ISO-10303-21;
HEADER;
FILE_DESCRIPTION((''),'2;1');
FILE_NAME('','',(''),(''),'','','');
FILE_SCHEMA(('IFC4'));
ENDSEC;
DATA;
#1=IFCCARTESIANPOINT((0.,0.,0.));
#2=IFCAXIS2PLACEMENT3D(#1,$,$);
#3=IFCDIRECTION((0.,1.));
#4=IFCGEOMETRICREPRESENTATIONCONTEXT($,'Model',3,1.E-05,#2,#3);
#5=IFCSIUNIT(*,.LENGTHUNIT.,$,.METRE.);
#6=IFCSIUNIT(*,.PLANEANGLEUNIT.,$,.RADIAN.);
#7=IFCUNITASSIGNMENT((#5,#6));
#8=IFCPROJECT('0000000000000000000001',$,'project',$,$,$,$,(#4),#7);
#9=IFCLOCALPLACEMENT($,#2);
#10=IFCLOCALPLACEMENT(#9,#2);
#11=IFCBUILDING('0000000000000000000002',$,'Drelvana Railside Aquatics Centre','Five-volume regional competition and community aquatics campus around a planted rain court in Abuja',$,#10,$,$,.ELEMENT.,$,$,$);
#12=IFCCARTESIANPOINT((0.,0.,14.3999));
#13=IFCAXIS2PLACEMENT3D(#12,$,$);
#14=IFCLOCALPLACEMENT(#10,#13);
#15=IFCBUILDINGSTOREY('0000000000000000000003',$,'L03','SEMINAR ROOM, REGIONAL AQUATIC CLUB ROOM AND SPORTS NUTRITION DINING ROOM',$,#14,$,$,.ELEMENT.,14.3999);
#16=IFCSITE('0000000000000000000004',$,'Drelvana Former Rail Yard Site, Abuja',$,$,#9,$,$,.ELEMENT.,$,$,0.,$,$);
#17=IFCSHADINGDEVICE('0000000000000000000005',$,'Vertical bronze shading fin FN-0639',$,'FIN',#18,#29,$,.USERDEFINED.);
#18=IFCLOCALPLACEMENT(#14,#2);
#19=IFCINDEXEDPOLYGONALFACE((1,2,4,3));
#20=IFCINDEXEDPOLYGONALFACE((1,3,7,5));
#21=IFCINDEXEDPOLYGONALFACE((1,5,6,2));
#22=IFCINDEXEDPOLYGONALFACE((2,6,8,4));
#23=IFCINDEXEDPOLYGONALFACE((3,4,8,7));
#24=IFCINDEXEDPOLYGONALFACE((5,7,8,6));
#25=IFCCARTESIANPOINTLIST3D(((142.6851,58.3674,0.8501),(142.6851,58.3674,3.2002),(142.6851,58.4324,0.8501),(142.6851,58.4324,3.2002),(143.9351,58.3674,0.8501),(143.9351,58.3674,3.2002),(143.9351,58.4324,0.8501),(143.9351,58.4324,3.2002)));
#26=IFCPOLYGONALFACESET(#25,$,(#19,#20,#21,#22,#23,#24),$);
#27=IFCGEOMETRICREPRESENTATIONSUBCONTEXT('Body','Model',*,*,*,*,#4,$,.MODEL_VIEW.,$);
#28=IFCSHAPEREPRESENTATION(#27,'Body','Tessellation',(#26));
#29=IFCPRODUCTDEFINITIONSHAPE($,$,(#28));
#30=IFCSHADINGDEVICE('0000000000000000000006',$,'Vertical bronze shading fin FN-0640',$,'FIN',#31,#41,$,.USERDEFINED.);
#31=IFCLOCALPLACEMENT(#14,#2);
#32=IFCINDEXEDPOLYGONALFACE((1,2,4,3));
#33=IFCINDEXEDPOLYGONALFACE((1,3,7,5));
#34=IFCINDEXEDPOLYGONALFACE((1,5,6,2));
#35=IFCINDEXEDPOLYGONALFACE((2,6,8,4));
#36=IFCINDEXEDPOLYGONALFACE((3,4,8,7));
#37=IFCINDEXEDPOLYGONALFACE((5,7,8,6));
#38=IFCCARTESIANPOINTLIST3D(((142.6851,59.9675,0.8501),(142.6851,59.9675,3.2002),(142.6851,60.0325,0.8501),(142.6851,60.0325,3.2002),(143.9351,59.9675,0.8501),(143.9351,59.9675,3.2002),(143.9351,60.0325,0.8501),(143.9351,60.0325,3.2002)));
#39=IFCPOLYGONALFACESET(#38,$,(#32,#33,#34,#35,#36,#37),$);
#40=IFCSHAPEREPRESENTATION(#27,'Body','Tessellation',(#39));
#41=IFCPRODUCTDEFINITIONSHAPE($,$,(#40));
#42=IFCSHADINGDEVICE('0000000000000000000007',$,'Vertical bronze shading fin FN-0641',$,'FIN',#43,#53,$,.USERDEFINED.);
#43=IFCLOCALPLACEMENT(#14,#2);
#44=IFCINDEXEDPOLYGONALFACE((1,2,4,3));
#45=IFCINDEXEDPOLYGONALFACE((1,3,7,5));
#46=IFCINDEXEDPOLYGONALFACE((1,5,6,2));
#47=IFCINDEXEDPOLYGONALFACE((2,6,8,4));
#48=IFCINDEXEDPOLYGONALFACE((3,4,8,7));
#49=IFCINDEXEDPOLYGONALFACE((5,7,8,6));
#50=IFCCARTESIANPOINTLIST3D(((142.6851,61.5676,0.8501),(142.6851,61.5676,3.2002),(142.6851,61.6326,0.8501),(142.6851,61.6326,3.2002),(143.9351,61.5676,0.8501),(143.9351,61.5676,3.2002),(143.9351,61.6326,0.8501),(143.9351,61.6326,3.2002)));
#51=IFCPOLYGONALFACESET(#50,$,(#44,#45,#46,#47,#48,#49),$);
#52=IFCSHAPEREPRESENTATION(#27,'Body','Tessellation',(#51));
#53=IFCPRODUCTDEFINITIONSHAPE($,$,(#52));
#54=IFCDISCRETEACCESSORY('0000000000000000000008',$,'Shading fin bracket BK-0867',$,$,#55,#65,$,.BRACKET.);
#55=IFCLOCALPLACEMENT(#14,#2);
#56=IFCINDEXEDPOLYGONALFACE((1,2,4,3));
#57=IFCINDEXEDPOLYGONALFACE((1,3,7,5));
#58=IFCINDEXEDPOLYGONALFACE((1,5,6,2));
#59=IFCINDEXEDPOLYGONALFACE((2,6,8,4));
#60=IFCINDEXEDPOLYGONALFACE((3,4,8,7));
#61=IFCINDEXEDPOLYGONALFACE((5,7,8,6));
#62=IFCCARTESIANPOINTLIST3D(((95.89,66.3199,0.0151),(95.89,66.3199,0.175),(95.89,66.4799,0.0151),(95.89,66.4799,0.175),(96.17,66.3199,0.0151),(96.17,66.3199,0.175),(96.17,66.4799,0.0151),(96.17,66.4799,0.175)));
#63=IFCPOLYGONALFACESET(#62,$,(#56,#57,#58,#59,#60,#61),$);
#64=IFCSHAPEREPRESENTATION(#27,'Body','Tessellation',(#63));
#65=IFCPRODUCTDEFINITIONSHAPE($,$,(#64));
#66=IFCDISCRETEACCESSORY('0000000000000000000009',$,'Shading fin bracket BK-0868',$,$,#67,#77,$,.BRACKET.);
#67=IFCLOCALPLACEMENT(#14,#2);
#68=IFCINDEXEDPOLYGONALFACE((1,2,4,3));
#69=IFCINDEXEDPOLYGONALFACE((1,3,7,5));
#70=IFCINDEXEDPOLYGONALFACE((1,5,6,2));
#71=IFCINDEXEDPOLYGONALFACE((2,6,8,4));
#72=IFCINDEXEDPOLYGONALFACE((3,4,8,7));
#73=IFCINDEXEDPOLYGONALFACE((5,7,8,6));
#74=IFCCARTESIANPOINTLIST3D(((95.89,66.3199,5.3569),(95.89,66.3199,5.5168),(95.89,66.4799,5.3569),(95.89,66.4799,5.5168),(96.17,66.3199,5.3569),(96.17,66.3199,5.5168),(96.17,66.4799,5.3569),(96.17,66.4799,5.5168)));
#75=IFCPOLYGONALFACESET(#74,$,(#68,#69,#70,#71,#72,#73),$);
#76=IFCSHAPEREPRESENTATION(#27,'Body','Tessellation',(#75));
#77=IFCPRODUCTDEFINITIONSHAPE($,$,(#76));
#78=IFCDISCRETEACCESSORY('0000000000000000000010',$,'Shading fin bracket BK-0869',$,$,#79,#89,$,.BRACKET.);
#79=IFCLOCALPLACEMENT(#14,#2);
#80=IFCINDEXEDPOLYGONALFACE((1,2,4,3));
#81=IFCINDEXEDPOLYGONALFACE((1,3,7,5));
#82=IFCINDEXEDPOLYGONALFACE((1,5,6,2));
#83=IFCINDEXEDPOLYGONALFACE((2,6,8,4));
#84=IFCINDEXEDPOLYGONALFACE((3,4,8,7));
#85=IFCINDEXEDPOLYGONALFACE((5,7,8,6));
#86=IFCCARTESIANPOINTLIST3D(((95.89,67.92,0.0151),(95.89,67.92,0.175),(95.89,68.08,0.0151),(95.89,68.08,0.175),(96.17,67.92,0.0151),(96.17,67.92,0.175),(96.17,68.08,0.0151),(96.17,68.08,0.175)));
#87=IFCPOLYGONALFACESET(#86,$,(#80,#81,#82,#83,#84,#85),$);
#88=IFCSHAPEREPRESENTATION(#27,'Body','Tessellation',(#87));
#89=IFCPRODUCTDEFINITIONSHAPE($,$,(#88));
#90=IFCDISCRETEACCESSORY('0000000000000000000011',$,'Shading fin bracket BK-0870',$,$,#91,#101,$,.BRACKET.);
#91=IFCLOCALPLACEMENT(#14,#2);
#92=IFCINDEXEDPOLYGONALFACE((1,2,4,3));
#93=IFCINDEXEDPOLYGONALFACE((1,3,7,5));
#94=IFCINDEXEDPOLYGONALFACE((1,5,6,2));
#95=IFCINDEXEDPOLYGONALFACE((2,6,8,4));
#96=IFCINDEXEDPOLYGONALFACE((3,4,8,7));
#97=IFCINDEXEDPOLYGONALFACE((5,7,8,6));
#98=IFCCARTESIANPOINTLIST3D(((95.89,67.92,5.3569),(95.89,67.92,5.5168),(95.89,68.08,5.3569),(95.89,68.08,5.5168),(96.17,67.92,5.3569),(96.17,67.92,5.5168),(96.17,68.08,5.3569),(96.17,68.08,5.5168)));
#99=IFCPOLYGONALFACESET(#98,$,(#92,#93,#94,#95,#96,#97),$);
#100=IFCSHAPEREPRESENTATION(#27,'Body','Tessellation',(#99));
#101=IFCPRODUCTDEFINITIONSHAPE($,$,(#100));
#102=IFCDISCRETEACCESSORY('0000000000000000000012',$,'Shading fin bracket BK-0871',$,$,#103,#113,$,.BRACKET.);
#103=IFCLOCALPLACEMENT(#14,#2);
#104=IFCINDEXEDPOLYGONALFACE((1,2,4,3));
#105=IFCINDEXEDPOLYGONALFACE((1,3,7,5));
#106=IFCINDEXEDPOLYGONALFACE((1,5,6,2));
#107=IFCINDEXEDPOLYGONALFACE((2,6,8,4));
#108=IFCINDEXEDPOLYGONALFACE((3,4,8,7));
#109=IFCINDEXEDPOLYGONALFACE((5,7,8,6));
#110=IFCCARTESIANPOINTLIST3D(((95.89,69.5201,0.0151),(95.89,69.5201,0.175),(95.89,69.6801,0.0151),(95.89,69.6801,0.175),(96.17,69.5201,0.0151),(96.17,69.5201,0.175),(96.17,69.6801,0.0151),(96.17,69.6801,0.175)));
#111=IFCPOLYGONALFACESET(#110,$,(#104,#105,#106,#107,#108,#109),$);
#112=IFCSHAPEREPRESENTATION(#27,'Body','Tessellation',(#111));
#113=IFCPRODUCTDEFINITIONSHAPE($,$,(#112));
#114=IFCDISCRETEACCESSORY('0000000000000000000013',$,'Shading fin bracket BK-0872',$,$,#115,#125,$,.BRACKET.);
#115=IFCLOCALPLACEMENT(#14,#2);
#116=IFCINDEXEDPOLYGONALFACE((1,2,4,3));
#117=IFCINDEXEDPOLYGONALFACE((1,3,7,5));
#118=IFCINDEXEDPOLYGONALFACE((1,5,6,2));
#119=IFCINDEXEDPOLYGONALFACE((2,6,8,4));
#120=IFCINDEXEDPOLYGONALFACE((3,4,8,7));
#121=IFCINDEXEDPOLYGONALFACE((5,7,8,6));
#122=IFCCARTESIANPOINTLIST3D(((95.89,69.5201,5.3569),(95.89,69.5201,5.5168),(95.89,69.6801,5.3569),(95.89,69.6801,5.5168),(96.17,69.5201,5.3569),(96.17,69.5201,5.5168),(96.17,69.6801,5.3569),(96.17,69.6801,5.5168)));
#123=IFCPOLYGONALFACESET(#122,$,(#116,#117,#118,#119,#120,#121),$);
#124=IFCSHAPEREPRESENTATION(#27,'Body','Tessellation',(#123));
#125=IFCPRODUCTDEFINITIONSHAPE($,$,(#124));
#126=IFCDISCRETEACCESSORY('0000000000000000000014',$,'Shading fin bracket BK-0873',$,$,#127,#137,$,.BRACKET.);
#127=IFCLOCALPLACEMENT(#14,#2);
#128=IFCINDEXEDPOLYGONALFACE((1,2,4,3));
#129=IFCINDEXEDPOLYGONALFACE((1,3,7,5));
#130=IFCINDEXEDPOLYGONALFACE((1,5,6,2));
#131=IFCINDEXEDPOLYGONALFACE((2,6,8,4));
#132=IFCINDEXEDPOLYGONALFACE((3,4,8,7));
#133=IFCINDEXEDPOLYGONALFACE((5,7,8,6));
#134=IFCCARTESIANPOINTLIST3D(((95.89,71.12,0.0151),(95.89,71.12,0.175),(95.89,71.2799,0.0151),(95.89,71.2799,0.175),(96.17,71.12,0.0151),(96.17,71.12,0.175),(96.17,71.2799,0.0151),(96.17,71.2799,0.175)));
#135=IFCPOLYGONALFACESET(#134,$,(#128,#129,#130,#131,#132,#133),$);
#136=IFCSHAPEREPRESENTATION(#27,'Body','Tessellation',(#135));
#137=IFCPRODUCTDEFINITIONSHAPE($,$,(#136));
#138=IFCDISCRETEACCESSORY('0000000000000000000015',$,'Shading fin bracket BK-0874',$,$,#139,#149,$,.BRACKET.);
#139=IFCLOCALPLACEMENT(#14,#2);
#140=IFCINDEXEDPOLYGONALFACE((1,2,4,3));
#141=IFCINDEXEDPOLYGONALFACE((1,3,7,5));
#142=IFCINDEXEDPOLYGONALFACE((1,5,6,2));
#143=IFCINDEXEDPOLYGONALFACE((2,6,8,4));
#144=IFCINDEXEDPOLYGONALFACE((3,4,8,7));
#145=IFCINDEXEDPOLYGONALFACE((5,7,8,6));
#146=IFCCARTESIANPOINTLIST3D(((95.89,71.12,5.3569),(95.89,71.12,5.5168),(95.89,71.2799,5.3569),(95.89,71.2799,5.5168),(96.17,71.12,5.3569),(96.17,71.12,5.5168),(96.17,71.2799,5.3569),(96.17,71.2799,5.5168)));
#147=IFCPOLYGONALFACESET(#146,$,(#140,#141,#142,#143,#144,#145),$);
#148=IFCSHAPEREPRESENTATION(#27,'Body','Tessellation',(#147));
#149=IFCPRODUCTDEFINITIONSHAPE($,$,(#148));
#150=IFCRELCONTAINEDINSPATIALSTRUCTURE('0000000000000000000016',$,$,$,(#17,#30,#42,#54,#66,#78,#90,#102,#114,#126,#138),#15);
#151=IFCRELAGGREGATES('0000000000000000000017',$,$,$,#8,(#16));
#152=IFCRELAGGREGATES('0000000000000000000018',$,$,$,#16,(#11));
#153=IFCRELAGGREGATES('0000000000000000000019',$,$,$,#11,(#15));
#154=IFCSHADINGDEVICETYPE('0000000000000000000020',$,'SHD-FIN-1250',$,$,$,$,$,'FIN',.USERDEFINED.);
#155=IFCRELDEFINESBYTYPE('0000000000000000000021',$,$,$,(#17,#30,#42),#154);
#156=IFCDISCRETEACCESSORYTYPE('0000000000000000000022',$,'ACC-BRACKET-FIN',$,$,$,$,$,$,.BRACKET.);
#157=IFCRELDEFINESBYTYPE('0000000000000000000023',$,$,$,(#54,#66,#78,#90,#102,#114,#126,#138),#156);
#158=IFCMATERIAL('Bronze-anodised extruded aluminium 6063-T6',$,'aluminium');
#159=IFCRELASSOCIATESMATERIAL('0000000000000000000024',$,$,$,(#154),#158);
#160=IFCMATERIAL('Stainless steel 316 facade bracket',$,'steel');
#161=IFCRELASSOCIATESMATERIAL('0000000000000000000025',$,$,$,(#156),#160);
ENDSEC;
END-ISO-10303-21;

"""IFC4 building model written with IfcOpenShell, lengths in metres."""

from ifc_helpers import new_model, si_unit, direction, frame, origin, origin_2d, place, context, subcontext, project, spatial, rectangle, extrude, material, type_object, element, save


model = new_model("IFC4")

# Units and contexts
model_context = context("Model", 3, precision=1e-05, world=origin(), true_north=direction((0.0, 1.0)))
body_context = subcontext(model_context, "Body", "Model", "MODEL_VIEW")
ifc_project = project(units=[si_unit("LENGTHUNIT", "METRE"), si_unit("PLANEANGLEUNIT", "RADIAN")], contexts=[model_context])

# Site, building, storey
site_placement = place(None, origin())
site = spatial("IfcSite", under=ifc_project, at=site_placement, Name="Drelvana Former Rail Yard Site, Abuja", CompositionType="ELEMENT", RefElevation=0.0)
building_placement = place(site_placement, origin())
building = spatial("IfcBuilding", under=site, at=building_placement, Name="Drelvana Railside Aquatics Centre", Description="Five-volume regional competition and community aquatics campus around a planted rain court in Abuja", CompositionType="ELEMENT")
storey_placement = place(building_placement, frame((0.0, 0.0, 14.3999)))
storey = spatial("IfcBuildingStorey", under=building, at=storey_placement, Name="L03", Description="SEMINAR ROOM, REGIONAL AQUATIC CLUB ROOM AND SPORTS NUTRITION DINING ROOM", CompositionType="ELEMENT", Elevation=14.3999)

# Shared definitions
ifc_material_1 = material(Name="Bronze-anodised extruded aluminium 6063-T6", Category="aluminium")

# Shading devices
shading_device_type = type_object("IfcShadingDeviceType", Name="SHD-FIN-1250", ElementType="FIN", PredefinedType="USERDEFINED", material=ifc_material_1)
for number, where, z_axis, x_axis, name in (
    (1, (143.3101, 58.3999, 0.8501), (0.0, 0.0, 1.0), (-1.0, 0.0, 0.0), "Vertical bronze shading fin FN-0639"),
    (2, (143.3101, 60.0, 0.8501), (0.0, 0.0, 1.0), (-1.0, 0.0, 0.0), "Vertical bronze shading fin FN-0640"),
    (3, (143.3101, 61.6001, 0.8501), (0.0, 0.0, 1.0), (-1.0, 0.0, 0.0), "Vertical bronze shading fin FN-0641"),
):
    element("IfcShadingDevice", number, at=place(storey_placement, frame(where, z_axis=z_axis, x_axis=x_axis)), inside=storey, type_object=shading_device_type, Name=name, ObjectType="FIN", PredefinedType="USERDEFINED", context=body_context, shape_type="SweptSolid", body=[
        extrude(rectangle(XDim=1.25, YDim=0.0649, at=origin_2d()), origin(), (0.0, 0.0, 1.0), 2.3501),
    ])

# Discrete accessories
ifc_material_2 = material(Name="Stainless steel 316 facade bracket", Category="steel")
discrete_accessory_type = type_object("IfcDiscreteAccessoryType", Name="ACC-BRACKET-FIN", PredefinedType="BRACKET", material=ifc_material_2)
for number, where, z_axis, x_axis, name in (
    (4, (96.03, 66.3999, 0.0151), (0.0, 0.0, 1.0), (1.0, 0.0, 0.0), "Shading fin bracket BK-0867"),
    (5, (96.03, 66.3999, 5.3569), (0.0, 0.0, 1.0), (1.0, 0.0, 0.0), "Shading fin bracket BK-0868"),
    (6, (96.03, 68.0, 0.0151), (0.0, 0.0, 1.0), (1.0, 0.0, 0.0), "Shading fin bracket BK-0869"),
    (7, (96.03, 68.0, 5.3569), (0.0, 0.0, 1.0), (1.0, 0.0, 0.0), "Shading fin bracket BK-0870"),
    (8, (96.03, 69.6001, 0.0151), (0.0, 0.0, 1.0), (1.0, 0.0, 0.0), "Shading fin bracket BK-0871"),
    (9, (96.03, 69.6001, 5.3569), (0.0, 0.0, 1.0), (1.0, 0.0, 0.0), "Shading fin bracket BK-0872"),
    (10, (96.03, 71.2, 0.0151), (0.0, 0.0, 1.0), (1.0, 0.0, 0.0), "Shading fin bracket BK-0873"),
    (11, (96.03, 71.2, 5.3569), (0.0, 0.0, 1.0), (1.0, 0.0, 0.0), "Shading fin bracket BK-0874"),
):
    element("IfcDiscreteAccessory", number, at=place(storey_placement, frame(where, z_axis=z_axis, x_axis=x_axis)), inside=storey, type_object=discrete_accessory_type, Name=name, PredefinedType="BRACKET", context=body_context, shape_type="SweptSolid", body=[
        extrude(rectangle(XDim=0.28, YDim=0.1599, at=origin_2d()), origin(), (0.0, 0.0, 1.0), 0.1599),
    ])

save(model, "model.ifc")
